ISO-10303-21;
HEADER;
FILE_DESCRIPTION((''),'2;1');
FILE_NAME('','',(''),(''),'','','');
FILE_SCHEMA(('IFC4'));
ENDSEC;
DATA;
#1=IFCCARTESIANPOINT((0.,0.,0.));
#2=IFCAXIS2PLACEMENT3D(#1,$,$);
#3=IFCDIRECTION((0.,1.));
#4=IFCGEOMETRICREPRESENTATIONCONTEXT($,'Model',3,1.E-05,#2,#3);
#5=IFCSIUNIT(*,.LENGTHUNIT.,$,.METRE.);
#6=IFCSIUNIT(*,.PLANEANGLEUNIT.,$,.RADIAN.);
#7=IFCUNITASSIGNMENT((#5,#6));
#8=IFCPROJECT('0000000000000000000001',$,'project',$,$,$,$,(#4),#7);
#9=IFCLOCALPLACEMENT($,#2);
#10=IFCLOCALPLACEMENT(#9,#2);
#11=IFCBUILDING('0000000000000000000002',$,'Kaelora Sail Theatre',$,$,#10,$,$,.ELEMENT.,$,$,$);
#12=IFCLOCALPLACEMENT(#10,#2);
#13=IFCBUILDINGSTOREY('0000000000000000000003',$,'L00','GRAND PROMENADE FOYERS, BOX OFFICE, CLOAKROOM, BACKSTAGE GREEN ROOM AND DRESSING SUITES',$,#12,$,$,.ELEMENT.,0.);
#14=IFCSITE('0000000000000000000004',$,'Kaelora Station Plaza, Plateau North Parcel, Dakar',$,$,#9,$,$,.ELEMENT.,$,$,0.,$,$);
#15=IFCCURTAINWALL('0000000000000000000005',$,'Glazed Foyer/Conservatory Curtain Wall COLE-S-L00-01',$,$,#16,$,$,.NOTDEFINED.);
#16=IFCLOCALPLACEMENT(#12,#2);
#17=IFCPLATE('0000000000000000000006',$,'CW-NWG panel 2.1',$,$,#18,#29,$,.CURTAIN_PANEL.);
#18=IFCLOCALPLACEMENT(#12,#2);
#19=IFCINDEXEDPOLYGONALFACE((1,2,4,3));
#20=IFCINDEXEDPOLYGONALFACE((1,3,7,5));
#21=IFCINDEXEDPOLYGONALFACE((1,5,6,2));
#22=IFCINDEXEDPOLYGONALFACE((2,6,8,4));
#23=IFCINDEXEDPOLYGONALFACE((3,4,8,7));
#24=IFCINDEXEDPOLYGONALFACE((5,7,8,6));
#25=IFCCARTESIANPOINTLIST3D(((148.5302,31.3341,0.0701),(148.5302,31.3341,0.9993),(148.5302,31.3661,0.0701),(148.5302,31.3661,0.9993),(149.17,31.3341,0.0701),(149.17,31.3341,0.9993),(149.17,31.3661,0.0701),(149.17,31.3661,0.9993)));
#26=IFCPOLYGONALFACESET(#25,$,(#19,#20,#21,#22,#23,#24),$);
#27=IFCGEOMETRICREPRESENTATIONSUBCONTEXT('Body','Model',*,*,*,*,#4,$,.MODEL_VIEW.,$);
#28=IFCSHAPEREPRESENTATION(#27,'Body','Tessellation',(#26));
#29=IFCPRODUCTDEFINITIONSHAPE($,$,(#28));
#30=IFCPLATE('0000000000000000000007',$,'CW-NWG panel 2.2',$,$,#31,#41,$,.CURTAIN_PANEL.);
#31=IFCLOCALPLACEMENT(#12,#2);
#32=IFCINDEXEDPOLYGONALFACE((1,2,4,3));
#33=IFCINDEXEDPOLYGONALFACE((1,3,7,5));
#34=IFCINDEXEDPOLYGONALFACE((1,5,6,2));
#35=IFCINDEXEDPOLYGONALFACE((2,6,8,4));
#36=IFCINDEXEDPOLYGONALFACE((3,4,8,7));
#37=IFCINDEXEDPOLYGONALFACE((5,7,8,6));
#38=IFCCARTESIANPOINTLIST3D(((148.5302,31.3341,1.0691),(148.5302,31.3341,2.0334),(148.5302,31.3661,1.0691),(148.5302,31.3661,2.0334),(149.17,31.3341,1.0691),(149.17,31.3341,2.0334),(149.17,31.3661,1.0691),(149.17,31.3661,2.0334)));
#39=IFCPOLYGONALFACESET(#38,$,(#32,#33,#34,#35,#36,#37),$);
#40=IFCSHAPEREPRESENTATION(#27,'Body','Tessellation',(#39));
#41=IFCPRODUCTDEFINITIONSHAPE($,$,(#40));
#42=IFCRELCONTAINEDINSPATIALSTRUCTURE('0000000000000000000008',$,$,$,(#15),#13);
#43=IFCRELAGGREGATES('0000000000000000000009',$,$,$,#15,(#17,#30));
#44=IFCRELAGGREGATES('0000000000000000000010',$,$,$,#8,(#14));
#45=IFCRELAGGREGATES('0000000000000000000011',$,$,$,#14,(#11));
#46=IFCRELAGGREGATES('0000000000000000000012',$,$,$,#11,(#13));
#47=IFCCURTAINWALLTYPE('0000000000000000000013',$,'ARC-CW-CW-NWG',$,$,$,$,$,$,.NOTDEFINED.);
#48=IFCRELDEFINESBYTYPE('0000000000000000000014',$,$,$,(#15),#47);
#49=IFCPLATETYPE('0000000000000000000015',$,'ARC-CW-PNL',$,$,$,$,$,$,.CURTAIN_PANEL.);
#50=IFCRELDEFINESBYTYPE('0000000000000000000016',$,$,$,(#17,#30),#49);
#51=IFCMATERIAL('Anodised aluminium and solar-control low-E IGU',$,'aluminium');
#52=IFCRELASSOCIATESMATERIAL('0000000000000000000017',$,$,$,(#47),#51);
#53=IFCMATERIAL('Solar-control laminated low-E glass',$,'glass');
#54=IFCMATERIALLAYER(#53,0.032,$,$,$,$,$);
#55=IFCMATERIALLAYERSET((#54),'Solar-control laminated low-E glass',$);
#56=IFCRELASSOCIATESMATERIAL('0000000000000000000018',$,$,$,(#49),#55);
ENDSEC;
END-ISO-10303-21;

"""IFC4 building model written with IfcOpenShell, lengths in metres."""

from ifc_helpers import new_model, si_unit, direction, frame, origin, origin_2d, place, context, subcontext, project, spatial, rectangle, extrude, material, layer, layer_set, type_object, element, aggregate, save


model = new_model("IFC4")

# Units and contexts
model_context = context("Model", 3, precision=1e-05, world=origin(), true_north=direction((0.0, 1.0)))
body_context = subcontext(model_context, "Body", "Model", "MODEL_VIEW")
ifc_project = project(units=[si_unit("LENGTHUNIT", "METRE"), si_unit("PLANEANGLEUNIT", "RADIAN")], contexts=[model_context])

# Site, building, storey
site_placement = place(None, origin())
site = spatial("IfcSite", under=ifc_project, at=site_placement, Name="Kaelora Station Plaza, Plateau North Parcel, Dakar", CompositionType="ELEMENT", RefElevation=0.0)
building_placement = place(site_placement, origin())
building = spatial("IfcBuilding", under=site, at=building_placement, Name="Kaelora Sail Theatre", CompositionType="ELEMENT")
storey_placement = place(building_placement, origin())
storey = spatial("IfcBuildingStorey", under=building, at=storey_placement, Name="L00", Description="GRAND PROMENADE FOYERS, BOX OFFICE, CLOAKROOM, BACKSTAGE GREEN ROOM AND DRESSING SUITES", CompositionType="ELEMENT", Elevation=0.0)

# Curtain wall
ifc_material_1 = material(Name="Anodised aluminium and solar-control low-E IGU", Category="aluminium")
curtain_wall_type = type_object("IfcCurtainWallType", Name="ARC-CW-CW-NWG", PredefinedType="NOTDEFINED", material=ifc_material_1)
curtain_wall_placement = place(storey_placement, origin())
curtain_wall = element("IfcCurtainWall", 1, at=curtain_wall_placement, inside=storey, type_object=curtain_wall_type, Name="Glazed Foyer/Conservatory Curtain Wall COLE-S-L00-01", PredefinedType="NOTDEFINED")

# Plates
ifc_material_2 = material(Name="Solar-control laminated low-E glass", Category="glass")
ifc_layer = layer(ifc_material_2, 0.032)
ifc_layer_set = layer_set([ifc_layer], Name="Solar-control laminated low-E glass")
plate_type = type_object("IfcPlateType", Name="ARC-CW-PNL", PredefinedType="CURTAIN_PANEL", material=ifc_layer_set)
plate_1_placement = place(storey_placement, frame((148.8501, 31.3501, 0.0701), z_axis=(0.0, 0.0, 1.0), x_axis=(1.0, 0.0, 0.0)))
plate_1 = element("IfcPlate", 2, at=plate_1_placement, type_object=plate_type, Name="CW-NWG panel 2.1", PredefinedType="CURTAIN_PANEL", context=body_context, shape_type="SweptSolid", body=[
    extrude(rectangle(XDim=0.6399, YDim=0.032, at=origin_2d()), origin(), (0.0, 0.0, 1.0), 0.9292),
])
plate_2_placement = place(storey_placement, frame((148.8501, 31.3501, 1.0691), z_axis=(0.0, 0.0, 1.0), x_axis=(1.0, 0.0, 0.0)))
plate_2 = element("IfcPlate", 3, at=plate_2_placement, type_object=plate_type, Name="CW-NWG panel 2.2", PredefinedType="CURTAIN_PANEL", context=body_context, shape_type="SweptSolid", body=[
    extrude(rectangle(XDim=0.6399, YDim=0.032, at=origin_2d()), origin(), (0.0, 0.0, 1.0), 0.9644),
])
aggregate(curtain_wall, [plate_1, plate_2])

save(model, "model.ifc")
